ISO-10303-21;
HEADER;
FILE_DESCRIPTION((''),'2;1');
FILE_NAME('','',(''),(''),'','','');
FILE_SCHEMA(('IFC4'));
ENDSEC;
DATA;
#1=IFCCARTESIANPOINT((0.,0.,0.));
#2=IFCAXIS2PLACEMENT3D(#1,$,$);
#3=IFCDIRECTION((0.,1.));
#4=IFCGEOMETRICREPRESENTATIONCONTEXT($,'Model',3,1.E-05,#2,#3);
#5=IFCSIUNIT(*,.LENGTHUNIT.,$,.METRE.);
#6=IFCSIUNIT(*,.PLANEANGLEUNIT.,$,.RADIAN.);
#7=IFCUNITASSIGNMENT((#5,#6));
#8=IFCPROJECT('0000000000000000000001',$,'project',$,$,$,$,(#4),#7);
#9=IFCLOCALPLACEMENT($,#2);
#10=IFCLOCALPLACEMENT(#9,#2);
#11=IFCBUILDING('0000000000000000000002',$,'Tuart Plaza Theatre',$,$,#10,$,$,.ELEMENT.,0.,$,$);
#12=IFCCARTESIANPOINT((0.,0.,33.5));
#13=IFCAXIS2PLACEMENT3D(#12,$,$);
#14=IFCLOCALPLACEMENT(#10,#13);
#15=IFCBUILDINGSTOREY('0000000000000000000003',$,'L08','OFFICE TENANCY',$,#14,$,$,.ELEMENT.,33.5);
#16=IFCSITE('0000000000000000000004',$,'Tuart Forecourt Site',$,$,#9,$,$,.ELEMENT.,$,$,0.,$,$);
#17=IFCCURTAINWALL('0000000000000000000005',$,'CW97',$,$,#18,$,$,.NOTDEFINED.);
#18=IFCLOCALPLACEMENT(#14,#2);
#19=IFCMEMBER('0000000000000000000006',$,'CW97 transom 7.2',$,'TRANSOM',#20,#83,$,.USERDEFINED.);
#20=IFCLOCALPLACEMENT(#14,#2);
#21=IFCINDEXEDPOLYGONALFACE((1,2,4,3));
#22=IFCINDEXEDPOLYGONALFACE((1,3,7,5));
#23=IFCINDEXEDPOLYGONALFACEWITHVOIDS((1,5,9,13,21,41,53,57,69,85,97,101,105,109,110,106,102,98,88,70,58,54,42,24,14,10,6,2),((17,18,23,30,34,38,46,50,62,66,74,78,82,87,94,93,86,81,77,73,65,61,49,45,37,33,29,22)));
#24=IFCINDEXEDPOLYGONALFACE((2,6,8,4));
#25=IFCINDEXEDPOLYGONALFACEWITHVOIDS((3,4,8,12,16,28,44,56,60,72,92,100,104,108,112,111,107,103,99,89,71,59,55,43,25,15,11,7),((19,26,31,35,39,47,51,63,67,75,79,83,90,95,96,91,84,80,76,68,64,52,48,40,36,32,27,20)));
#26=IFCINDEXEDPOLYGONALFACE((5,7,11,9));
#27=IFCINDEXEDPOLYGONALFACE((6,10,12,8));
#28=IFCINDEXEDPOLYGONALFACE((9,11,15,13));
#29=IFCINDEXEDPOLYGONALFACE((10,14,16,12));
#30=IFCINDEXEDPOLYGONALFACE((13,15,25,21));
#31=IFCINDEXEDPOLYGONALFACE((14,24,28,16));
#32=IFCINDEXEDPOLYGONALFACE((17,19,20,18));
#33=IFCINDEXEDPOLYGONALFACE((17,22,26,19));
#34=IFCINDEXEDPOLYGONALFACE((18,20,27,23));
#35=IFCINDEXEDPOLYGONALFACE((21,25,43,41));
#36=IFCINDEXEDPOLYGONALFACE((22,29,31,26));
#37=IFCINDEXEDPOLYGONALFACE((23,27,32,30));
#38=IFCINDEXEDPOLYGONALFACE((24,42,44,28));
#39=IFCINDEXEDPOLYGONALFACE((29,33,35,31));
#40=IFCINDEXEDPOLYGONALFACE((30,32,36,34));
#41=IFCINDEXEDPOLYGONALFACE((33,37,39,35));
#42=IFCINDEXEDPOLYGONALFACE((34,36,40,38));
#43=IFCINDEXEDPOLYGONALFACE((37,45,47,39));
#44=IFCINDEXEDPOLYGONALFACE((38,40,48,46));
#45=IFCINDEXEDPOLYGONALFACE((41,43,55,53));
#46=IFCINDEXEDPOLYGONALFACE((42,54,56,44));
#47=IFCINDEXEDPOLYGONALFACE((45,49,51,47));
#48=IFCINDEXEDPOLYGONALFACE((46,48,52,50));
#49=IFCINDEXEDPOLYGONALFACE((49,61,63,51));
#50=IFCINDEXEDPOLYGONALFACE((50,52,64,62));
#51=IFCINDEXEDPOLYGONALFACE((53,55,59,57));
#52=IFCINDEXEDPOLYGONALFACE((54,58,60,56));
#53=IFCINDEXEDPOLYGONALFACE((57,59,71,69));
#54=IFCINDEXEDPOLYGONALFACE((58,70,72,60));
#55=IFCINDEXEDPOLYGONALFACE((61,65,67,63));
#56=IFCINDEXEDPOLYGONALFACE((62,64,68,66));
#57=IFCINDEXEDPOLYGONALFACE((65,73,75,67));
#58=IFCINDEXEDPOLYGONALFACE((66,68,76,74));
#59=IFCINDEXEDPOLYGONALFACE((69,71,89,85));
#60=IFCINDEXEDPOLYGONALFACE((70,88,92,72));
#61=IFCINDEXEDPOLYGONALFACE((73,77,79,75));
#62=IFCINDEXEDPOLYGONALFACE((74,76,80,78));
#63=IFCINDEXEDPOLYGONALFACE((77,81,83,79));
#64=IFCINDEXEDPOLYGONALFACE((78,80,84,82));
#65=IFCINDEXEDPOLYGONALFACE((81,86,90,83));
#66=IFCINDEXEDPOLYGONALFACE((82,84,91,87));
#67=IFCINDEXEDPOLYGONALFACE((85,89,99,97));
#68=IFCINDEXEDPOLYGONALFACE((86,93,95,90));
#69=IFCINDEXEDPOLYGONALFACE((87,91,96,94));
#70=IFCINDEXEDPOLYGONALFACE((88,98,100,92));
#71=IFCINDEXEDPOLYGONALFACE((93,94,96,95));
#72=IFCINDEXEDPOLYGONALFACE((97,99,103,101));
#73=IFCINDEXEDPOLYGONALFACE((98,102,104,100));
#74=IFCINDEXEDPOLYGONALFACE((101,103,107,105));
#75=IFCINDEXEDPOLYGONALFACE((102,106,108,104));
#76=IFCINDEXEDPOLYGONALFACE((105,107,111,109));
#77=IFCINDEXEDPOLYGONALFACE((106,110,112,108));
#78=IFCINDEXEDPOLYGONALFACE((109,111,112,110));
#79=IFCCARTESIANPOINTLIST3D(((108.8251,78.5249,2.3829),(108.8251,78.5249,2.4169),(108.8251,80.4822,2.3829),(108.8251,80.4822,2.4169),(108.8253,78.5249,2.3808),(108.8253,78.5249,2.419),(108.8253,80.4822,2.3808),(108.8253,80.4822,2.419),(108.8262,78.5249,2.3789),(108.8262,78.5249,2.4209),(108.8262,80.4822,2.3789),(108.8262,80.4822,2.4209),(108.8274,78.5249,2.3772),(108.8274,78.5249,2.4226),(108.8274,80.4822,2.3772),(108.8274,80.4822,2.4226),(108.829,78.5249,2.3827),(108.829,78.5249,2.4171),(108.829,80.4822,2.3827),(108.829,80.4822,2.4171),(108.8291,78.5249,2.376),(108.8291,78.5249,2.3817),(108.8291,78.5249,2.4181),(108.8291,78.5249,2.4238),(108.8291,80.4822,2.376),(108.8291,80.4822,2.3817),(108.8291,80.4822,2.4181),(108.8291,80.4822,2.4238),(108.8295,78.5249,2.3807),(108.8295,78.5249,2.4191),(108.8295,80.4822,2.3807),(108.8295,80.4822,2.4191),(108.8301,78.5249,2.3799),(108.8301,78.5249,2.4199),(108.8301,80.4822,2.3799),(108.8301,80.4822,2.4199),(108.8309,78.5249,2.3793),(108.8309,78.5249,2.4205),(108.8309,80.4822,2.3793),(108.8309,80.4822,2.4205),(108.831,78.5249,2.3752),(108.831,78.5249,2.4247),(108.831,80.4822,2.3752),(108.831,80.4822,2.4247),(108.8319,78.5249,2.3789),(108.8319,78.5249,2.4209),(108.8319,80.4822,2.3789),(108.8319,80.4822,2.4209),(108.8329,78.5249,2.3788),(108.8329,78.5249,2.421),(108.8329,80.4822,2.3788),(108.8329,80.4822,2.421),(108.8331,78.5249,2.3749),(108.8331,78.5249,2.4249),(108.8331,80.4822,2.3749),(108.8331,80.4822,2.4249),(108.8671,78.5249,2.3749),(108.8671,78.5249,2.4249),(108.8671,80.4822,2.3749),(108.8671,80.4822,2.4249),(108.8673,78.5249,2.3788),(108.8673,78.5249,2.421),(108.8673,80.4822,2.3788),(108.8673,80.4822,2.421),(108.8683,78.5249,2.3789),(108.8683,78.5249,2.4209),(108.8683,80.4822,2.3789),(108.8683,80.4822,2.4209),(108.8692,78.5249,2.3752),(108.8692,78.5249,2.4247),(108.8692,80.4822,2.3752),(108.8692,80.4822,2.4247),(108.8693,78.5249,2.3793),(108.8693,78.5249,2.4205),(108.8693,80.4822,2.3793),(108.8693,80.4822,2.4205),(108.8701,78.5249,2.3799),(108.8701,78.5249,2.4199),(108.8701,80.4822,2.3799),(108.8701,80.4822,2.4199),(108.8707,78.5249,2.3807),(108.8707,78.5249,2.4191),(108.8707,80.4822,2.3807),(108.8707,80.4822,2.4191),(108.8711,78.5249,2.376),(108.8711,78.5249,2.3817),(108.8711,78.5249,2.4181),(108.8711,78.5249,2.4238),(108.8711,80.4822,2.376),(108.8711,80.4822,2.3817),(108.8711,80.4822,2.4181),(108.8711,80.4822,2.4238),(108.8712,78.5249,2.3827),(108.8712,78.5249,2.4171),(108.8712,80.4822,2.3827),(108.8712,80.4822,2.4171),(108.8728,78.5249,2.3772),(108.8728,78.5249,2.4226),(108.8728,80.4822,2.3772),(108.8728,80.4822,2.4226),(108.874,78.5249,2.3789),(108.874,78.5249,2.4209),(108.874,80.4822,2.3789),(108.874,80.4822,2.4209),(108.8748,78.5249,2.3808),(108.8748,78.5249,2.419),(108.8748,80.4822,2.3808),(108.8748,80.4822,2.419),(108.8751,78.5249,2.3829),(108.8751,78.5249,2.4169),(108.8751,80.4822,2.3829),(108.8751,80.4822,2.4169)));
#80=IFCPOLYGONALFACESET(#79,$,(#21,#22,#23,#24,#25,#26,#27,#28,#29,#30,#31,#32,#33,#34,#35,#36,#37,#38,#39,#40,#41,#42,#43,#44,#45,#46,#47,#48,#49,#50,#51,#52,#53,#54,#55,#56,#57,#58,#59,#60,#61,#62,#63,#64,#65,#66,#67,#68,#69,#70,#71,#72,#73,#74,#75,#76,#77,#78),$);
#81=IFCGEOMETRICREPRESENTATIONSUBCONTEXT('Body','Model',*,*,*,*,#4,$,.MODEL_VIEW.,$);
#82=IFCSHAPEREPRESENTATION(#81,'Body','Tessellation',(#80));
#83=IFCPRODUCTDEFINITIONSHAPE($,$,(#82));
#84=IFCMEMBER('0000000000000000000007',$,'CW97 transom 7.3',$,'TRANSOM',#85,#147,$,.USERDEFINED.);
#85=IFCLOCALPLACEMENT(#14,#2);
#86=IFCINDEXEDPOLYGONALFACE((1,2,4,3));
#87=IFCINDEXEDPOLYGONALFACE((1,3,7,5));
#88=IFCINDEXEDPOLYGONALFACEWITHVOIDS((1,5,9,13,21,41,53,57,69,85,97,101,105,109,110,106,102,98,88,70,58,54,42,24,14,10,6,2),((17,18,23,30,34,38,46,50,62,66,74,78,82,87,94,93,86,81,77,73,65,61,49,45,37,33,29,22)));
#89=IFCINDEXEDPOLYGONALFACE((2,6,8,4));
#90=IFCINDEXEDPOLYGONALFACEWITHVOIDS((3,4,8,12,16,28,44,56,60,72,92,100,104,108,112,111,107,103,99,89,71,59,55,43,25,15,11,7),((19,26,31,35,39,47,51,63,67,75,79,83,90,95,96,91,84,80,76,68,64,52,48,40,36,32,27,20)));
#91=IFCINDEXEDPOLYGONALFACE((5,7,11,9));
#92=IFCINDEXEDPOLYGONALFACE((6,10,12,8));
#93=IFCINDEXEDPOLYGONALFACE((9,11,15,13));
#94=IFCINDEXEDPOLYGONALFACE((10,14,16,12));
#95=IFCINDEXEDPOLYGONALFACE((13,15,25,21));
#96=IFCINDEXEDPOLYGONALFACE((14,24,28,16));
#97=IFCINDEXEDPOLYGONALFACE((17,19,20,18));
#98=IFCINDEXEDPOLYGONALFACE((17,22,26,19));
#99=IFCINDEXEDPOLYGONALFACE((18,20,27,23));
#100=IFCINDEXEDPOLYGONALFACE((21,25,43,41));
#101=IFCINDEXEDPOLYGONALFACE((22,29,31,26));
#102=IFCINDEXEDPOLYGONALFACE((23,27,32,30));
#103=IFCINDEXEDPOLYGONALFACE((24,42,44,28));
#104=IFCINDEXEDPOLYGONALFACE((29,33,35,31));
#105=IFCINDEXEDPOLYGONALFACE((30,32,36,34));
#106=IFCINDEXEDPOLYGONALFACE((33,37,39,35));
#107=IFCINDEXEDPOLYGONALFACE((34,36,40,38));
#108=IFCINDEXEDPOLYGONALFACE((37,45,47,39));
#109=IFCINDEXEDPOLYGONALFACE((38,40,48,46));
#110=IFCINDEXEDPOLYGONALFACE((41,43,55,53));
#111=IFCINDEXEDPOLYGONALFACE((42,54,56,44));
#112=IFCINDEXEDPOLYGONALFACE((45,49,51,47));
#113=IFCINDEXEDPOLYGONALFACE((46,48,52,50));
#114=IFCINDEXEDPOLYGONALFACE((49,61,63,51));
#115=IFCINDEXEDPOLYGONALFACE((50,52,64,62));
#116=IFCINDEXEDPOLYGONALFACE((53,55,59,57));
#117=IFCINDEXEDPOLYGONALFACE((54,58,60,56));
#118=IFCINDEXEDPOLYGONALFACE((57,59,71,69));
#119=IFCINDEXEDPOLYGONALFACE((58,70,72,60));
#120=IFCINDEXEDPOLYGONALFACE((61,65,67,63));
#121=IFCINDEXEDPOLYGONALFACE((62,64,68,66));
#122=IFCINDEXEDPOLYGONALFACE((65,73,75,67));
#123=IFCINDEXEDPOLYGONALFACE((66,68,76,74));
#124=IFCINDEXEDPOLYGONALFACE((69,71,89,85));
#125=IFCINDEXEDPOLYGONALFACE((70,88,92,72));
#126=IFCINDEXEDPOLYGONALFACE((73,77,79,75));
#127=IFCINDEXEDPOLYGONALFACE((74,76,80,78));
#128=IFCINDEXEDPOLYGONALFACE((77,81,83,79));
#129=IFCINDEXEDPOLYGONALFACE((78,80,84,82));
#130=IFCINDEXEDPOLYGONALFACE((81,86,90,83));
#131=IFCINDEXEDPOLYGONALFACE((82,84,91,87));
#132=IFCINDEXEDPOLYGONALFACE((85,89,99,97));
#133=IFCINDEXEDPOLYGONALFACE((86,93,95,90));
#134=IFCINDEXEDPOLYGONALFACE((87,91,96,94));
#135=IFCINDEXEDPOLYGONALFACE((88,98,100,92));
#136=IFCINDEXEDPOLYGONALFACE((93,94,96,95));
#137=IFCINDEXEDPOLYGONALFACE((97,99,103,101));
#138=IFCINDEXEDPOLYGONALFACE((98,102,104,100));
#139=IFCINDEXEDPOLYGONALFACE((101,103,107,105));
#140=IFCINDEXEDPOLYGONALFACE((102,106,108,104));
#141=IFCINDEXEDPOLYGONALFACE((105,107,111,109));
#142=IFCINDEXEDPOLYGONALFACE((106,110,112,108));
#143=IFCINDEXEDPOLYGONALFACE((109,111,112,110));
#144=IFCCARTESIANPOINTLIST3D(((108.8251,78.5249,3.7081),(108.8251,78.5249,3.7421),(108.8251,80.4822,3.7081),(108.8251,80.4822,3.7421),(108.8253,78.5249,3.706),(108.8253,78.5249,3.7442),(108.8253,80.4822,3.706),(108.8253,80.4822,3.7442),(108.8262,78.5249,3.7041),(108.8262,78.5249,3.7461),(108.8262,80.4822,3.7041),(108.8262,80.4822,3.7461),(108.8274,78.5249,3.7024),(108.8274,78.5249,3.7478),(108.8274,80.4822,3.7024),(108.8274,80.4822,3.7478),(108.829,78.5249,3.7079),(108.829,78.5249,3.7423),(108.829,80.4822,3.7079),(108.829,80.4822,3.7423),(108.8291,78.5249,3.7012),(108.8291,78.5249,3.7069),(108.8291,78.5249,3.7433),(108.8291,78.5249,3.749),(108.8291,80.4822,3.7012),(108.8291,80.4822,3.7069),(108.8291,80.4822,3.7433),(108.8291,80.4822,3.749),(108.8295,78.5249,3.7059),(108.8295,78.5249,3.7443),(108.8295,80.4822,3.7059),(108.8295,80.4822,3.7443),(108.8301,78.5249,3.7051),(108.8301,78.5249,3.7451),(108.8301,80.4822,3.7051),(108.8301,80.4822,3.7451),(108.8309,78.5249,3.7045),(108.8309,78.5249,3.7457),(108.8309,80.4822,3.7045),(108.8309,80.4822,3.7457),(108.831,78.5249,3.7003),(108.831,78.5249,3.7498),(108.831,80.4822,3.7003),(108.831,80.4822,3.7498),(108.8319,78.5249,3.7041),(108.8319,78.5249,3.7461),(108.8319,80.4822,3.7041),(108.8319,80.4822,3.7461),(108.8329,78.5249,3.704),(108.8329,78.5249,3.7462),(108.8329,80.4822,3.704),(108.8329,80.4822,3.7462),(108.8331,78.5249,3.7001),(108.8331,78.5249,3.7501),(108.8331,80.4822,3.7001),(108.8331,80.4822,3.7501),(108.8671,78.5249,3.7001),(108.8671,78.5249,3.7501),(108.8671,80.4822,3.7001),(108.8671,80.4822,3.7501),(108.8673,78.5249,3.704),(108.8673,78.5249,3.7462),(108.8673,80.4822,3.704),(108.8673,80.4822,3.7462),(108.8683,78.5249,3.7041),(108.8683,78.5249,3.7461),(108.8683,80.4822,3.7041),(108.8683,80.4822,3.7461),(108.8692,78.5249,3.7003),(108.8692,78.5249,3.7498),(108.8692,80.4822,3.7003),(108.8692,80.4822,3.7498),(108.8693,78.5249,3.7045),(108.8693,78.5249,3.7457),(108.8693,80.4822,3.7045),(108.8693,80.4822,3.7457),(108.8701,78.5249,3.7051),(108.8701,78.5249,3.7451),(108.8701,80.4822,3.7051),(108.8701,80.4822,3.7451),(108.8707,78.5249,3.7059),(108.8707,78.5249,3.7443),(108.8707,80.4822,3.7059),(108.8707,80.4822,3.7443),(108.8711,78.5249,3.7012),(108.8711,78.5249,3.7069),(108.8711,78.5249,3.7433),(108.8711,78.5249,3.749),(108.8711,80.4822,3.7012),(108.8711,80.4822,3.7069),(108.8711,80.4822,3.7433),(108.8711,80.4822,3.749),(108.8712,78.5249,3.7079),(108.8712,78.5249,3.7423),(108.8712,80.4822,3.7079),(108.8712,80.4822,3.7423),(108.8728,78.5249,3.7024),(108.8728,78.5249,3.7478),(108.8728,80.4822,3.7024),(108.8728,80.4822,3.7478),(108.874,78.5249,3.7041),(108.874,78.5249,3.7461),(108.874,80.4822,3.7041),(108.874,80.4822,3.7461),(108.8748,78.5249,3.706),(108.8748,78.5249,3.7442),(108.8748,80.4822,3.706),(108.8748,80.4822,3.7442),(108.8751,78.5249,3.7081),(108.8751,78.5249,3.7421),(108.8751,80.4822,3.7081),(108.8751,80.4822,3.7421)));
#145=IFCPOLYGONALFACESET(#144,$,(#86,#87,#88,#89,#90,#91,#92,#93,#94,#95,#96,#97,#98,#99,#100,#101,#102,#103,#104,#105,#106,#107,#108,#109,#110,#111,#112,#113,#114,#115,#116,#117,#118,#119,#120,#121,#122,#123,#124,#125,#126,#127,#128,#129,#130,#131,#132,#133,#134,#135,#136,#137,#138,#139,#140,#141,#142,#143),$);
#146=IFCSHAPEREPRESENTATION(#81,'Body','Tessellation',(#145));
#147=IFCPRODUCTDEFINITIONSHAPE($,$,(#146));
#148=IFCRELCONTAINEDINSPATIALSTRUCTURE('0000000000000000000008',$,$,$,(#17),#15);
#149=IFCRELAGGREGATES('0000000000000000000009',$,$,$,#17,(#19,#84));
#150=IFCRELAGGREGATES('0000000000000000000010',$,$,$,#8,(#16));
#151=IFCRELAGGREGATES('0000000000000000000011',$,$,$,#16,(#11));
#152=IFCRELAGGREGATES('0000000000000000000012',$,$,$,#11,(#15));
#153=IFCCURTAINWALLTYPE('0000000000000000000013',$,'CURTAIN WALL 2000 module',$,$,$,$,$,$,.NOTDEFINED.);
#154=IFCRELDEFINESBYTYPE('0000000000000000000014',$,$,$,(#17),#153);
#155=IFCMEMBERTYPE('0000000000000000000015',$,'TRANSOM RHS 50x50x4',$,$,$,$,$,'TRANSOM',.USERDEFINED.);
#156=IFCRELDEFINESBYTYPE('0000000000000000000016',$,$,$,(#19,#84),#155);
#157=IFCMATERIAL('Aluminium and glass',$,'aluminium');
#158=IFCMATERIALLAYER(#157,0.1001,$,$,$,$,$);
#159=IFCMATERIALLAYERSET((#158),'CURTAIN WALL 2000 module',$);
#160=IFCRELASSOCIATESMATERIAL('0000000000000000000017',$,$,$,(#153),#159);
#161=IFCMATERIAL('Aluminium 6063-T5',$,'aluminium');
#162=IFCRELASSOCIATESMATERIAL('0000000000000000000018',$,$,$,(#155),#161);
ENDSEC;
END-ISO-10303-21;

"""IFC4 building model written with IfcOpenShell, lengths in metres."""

from ifc_helpers import new_model, si_unit, direction, frame, origin, origin_2d, place, context, subcontext, project, spatial, hollow_rectangle, extrude, material, layer, layer_set, material_profile, profile_set, type_object, element, aggregate, save


model = new_model("IFC4")

# Units and contexts
model_context = context("Model", 3, precision=1e-05, world=origin(), true_north=direction((0.0, 1.0)))
body_context = subcontext(model_context, "Body", "Model", "MODEL_VIEW")
ifc_project = project(units=[si_unit("LENGTHUNIT", "METRE"), si_unit("PLANEANGLEUNIT", "RADIAN")], contexts=[model_context])

# Site, building, storey
site_placement = place(None, origin())
site = spatial("IfcSite", under=ifc_project, at=site_placement, Name="Tuart Forecourt Site", CompositionType="ELEMENT", RefElevation=0.0)
building_placement = place(site_placement, origin())
building = spatial("IfcBuilding", under=site, at=building_placement, Name="Tuart Plaza Theatre", CompositionType="ELEMENT", ElevationOfRefHeight=0.0)
storey_placement = place(building_placement, frame((0.0, 0.0, 33.5)))
storey = spatial("IfcBuildingStorey", under=building, at=storey_placement, Name="L08", Description="OFFICE TENANCY", CompositionType="ELEMENT", Elevation=33.5)

# Curtain wall, members
ifc_material_1 = material(Name="Aluminium and glass", Category="aluminium")
ifc_layer_1 = layer(ifc_material_1, 0.1001)
ifc_layer_set_1 = layer_set([ifc_layer_1], Name="CURTAIN WALL 2000 module")
curtain_wall_type = type_object("IfcCurtainWallType", Name="CURTAIN WALL 2000 module", PredefinedType="NOTDEFINED", material=ifc_layer_set_1)
curtain_wall_placement = place(storey_placement, origin())
curtain_wall = element("IfcCurtainWall", 1, at=curtain_wall_placement, inside=storey, type_object=curtain_wall_type, Name="CW97", PredefinedType="NOTDEFINED")
ifc_material_2 = material(Name="Aluminium 6063-T5", Category="aluminium")
ifc_material_profile_1 = material_profile(ifc_material_2, hollow_rectangle(XDim=0.05, YDim=0.05, WallThickness=0.0039, InnerFilletRadius=0.0039, OuterFilletRadius=0.0081, at=origin_2d()), Name="RHS 50x50x4")
ifc_profile_set_1 = profile_set([ifc_material_profile_1], Name="Aluminium 6063-T5")
member_type = type_object("IfcMemberType", Name="TRANSOM RHS 50x50x4", ElementType="TRANSOM", PredefinedType="USERDEFINED", material=ifc_profile_set_1)
member_1_placement = place(storey_placement, frame((108.8501, 80.4822, 2.3999), z_axis=(0.0, -1.0, 0.0), x_axis=(1.0, 0.0, 0.0)))
member_1 = element("IfcMember", 2, at=member_1_placement, type_object=member_type, Name="CW97 transom 7.2", ObjectType="TRANSOM", PredefinedType="USERDEFINED", context=body_context, shape_type="SweptSolid", body=[
    extrude(hollow_rectangle(XDim=0.05, YDim=0.05, WallThickness=0.0039, InnerFilletRadius=0.0039, OuterFilletRadius=0.0081, at=origin_2d()), origin(), (0.0, 0.0, 1.0), 1.9573),
])
member_2_placement = place(storey_placement, frame((108.8501, 80.4822, 3.7251), z_axis=(0.0, -1.0, 0.0), x_axis=(1.0, 0.0, 0.0)))
member_2 = element("IfcMember", 3, at=member_2_placement, type_object=member_type, Name="CW97 transom 7.3", ObjectType="TRANSOM", PredefinedType="USERDEFINED", context=body_context, shape_type="SweptSolid", body=[
    extrude(hollow_rectangle(XDim=0.05, YDim=0.05, WallThickness=0.0039, InnerFilletRadius=0.0039, OuterFilletRadius=0.0081, at=origin_2d()), origin(), (0.0, 0.0, 1.0), 1.9573),
])
aggregate(curtain_wall, [member_1, member_2])

save(model, "model.ifc")
